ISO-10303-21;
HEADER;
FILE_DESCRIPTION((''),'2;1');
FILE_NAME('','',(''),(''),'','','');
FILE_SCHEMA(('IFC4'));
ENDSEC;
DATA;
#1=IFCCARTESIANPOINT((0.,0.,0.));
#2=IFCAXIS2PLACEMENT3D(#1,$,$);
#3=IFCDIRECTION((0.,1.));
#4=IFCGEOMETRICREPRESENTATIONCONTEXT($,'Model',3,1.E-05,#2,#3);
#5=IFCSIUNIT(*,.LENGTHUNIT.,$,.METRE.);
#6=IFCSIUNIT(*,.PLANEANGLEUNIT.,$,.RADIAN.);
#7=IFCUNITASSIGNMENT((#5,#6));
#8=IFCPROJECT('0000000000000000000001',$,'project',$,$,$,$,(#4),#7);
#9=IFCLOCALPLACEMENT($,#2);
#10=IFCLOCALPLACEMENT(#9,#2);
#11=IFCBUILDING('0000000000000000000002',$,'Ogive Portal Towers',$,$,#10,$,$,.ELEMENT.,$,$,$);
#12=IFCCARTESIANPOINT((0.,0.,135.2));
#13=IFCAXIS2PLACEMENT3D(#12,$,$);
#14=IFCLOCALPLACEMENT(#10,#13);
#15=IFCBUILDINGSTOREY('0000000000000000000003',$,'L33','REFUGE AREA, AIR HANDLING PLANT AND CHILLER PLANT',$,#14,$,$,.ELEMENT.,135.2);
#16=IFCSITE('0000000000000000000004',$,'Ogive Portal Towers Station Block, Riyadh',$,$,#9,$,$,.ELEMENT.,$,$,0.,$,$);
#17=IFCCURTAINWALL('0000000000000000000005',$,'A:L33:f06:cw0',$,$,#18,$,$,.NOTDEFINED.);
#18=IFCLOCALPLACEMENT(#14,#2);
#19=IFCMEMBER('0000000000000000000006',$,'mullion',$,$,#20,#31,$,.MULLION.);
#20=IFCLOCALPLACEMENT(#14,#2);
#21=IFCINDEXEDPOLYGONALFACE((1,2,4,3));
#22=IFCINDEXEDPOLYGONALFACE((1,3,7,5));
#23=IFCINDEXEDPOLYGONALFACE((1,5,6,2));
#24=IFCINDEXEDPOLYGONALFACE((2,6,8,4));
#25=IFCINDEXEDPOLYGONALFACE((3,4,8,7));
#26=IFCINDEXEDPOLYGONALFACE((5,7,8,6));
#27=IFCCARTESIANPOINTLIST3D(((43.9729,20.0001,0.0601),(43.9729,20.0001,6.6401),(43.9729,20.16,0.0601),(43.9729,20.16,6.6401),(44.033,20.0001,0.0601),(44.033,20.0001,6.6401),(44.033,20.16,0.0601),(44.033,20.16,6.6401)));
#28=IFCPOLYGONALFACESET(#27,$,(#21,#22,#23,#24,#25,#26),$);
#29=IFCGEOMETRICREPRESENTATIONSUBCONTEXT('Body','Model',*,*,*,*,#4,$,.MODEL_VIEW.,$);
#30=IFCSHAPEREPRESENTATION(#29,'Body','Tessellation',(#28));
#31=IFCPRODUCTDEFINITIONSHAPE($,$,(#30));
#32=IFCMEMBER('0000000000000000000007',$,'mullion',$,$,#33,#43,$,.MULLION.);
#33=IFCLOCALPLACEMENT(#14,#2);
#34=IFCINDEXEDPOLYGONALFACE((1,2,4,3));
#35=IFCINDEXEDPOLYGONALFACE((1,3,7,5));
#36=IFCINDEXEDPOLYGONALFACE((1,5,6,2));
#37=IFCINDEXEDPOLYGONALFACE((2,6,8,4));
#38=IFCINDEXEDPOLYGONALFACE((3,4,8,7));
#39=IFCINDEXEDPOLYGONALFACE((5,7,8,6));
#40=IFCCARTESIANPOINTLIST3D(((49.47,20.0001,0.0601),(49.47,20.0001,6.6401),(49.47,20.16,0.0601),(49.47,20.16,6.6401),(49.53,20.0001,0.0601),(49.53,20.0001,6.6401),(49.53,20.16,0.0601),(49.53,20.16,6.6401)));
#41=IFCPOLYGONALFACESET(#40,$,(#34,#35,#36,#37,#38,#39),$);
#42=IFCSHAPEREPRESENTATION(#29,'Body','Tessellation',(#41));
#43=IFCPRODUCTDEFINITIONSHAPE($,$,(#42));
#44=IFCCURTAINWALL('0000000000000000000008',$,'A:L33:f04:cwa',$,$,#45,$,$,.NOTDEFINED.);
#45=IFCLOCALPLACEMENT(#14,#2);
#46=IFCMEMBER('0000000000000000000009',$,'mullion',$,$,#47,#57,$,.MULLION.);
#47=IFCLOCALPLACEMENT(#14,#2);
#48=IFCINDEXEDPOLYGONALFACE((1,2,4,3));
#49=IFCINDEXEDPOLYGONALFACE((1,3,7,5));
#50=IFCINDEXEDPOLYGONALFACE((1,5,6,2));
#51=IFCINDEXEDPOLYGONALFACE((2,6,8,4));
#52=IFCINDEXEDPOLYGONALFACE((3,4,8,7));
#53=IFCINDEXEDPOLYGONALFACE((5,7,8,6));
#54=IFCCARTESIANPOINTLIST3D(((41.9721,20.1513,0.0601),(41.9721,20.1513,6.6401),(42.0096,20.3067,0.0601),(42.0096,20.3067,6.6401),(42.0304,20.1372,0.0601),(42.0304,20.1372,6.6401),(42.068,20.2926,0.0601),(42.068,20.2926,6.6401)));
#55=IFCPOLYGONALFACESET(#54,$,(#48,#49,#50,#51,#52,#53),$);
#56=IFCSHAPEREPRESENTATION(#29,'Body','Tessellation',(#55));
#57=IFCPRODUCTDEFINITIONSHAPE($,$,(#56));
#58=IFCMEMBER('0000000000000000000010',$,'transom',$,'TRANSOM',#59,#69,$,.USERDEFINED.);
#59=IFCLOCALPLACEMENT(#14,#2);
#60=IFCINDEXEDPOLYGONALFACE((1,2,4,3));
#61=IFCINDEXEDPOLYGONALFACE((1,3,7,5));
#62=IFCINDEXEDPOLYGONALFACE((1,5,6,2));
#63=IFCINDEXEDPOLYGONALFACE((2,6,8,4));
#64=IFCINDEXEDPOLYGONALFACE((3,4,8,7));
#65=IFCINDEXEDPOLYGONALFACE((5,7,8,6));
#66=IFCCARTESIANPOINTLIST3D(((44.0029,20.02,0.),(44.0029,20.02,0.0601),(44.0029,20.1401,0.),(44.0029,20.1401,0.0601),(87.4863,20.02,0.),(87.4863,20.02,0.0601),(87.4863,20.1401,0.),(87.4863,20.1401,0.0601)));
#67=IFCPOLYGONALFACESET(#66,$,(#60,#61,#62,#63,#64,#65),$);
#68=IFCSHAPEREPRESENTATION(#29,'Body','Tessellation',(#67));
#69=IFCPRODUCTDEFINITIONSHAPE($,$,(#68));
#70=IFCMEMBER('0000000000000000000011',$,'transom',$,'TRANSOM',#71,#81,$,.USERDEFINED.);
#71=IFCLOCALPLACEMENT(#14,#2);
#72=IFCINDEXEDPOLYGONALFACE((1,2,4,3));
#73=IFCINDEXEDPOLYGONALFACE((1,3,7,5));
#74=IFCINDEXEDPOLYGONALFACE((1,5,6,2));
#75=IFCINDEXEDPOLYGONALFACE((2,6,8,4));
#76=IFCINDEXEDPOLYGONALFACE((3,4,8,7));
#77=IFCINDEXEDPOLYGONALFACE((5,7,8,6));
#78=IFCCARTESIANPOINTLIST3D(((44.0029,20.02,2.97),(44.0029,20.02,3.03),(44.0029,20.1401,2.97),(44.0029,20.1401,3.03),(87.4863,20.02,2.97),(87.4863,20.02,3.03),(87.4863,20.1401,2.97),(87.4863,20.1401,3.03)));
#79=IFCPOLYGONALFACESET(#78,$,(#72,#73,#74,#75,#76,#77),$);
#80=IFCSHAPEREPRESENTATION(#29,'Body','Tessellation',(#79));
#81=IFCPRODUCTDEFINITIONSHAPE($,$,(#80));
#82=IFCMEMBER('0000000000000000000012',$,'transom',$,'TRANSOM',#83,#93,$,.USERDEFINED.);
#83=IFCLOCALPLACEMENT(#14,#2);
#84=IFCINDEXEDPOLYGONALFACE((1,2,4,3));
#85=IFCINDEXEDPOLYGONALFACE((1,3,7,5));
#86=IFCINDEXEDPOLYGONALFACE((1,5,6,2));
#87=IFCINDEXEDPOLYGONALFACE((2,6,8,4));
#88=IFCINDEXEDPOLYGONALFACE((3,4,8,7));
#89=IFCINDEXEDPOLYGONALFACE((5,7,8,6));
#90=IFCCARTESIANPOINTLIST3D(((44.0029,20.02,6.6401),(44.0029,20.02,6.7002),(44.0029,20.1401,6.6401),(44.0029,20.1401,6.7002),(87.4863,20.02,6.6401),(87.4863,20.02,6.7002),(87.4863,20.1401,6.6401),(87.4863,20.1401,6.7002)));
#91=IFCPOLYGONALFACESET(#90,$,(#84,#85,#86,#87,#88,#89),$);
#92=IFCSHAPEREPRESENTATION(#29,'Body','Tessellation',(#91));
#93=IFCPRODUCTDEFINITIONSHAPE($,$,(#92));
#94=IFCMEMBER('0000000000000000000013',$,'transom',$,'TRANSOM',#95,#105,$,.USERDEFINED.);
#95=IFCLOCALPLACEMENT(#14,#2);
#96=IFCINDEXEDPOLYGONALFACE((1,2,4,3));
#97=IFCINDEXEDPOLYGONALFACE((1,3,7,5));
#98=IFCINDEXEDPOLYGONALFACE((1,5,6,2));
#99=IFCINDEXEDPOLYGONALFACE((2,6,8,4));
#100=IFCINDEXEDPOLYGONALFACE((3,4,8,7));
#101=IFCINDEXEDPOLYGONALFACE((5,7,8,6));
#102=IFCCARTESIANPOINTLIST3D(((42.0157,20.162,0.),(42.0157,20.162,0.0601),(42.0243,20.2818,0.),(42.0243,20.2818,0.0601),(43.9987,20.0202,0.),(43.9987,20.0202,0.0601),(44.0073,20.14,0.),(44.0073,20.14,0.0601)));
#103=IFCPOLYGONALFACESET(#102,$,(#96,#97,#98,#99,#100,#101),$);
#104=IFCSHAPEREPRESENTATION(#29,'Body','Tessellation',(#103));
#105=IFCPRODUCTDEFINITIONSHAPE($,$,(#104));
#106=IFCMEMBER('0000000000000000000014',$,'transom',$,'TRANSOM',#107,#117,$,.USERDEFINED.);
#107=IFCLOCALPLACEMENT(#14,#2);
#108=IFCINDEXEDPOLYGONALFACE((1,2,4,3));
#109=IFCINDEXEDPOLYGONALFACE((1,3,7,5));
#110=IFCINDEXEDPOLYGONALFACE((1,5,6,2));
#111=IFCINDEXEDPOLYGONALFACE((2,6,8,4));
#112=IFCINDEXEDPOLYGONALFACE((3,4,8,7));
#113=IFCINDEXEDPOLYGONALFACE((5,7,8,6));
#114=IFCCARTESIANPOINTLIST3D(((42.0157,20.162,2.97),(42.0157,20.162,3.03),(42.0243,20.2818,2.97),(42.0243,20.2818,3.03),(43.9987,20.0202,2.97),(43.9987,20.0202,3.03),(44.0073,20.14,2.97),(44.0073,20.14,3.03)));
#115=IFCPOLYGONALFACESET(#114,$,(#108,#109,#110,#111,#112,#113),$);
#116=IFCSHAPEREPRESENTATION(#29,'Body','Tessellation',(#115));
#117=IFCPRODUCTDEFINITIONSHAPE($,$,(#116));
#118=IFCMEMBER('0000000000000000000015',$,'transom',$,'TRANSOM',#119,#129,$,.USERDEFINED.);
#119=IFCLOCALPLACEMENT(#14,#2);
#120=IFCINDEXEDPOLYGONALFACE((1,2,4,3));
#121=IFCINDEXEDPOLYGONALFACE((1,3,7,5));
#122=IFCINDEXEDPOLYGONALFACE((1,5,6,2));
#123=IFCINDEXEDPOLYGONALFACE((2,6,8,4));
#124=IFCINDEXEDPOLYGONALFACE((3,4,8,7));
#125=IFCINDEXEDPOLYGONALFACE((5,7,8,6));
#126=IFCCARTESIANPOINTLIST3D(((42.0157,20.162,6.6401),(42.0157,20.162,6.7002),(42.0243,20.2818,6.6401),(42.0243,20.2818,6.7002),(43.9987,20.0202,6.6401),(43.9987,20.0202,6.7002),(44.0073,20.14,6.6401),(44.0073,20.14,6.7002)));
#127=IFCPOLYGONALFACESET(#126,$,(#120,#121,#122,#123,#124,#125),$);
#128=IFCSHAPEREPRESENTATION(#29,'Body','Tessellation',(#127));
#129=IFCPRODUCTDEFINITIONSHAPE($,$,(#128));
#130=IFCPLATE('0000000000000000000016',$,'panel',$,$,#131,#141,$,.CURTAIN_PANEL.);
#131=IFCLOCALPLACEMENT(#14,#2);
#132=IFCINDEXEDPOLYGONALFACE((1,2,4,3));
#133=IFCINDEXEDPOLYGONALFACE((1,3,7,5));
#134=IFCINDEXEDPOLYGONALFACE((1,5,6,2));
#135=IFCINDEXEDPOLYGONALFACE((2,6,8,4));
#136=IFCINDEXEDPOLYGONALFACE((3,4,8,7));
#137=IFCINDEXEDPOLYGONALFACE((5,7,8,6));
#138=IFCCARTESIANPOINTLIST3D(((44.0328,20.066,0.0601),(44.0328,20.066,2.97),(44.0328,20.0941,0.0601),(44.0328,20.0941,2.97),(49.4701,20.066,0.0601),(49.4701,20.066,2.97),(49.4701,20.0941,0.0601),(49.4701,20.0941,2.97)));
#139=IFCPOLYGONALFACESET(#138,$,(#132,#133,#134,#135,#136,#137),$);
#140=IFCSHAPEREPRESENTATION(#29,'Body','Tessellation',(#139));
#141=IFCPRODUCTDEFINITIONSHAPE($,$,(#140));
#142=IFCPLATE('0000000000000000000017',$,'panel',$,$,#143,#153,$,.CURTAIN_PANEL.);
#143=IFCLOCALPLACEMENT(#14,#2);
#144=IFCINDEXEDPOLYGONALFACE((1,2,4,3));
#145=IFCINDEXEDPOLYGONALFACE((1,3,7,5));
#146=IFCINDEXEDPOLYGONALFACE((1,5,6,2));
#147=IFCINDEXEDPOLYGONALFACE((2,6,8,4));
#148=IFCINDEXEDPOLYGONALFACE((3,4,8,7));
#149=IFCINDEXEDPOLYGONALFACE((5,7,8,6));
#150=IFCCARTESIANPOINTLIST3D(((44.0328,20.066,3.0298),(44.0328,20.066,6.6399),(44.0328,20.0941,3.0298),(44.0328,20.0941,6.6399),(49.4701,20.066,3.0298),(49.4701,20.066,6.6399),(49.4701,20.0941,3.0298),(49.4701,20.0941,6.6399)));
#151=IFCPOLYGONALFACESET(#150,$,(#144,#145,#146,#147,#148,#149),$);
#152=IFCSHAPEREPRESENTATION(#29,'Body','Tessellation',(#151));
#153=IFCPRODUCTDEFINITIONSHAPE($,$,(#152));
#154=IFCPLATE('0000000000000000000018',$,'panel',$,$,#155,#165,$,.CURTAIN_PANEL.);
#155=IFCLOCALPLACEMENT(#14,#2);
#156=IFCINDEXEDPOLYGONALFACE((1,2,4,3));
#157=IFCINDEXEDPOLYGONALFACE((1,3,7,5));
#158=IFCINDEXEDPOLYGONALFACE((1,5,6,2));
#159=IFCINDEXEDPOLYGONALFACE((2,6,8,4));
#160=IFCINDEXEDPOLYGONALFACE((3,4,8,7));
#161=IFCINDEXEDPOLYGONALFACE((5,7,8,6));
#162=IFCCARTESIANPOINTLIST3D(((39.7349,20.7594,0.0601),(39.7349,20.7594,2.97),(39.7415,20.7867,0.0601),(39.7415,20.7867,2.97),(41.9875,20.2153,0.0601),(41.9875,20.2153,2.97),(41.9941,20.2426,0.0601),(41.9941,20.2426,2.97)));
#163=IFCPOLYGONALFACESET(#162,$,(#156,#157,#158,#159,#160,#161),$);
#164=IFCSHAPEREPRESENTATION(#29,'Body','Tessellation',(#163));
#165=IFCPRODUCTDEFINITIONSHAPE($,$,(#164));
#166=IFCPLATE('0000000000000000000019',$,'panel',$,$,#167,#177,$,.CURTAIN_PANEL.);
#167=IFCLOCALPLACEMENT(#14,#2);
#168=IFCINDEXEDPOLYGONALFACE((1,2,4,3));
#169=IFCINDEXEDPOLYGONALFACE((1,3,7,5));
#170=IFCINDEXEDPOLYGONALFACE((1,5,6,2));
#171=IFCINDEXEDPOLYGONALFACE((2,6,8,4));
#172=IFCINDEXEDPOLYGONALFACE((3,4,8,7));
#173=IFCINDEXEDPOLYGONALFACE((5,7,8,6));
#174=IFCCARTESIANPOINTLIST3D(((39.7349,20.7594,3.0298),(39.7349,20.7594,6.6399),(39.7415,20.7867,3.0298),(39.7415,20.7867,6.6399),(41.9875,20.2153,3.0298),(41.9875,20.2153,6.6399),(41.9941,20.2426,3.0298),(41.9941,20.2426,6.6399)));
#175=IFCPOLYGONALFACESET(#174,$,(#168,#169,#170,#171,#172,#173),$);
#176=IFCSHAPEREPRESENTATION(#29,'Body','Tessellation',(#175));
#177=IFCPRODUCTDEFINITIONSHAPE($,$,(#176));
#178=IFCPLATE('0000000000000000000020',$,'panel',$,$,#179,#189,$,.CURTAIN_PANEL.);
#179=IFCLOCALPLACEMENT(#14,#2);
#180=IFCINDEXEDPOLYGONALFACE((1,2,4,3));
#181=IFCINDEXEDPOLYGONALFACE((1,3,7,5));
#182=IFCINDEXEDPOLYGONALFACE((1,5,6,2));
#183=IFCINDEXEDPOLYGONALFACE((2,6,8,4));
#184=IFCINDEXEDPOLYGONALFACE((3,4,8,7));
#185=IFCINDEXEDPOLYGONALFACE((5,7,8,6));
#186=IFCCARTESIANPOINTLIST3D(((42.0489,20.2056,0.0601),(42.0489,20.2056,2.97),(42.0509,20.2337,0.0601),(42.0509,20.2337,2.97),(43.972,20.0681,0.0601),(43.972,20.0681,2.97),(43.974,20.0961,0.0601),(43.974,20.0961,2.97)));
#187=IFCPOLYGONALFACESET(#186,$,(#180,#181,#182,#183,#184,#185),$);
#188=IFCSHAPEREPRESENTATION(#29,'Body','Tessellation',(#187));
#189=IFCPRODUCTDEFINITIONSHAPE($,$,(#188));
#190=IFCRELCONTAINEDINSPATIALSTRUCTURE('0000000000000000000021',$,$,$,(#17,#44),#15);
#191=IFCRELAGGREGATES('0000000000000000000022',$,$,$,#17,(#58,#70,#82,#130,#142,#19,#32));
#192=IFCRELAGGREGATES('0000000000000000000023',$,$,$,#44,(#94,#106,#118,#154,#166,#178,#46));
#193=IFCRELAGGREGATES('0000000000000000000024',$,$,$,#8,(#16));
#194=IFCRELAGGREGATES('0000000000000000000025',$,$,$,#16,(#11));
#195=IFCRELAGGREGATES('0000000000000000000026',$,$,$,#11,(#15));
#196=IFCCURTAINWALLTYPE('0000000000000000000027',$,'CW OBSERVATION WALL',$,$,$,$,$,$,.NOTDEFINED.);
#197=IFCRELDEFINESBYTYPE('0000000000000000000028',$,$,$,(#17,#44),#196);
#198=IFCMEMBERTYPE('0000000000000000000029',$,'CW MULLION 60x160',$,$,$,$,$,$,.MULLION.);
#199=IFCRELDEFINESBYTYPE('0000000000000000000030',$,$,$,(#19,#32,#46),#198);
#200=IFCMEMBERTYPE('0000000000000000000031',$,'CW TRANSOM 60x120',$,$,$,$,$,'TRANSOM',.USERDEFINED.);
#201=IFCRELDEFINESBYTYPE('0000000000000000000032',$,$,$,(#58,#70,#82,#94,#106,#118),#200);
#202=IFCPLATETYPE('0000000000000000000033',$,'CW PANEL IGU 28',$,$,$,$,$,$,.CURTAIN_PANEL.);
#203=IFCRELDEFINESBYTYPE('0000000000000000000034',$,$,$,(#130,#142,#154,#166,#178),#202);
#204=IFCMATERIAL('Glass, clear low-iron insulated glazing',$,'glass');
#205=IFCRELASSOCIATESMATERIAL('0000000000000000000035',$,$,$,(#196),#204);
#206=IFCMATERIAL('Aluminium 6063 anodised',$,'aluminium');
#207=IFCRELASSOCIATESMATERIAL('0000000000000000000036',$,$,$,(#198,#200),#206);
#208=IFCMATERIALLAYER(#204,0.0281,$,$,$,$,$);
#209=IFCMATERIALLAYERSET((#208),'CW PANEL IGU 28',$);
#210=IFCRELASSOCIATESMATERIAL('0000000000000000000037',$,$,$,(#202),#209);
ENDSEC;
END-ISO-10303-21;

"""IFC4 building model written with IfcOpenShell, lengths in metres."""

from ifc_helpers import new_model, si_unit, direction, frame, origin, origin_2d, place, context, subcontext, project, spatial, rectangle, extrude, material, layer, layer_set, material_profile, profile_set, type_object, element, aggregate, save


model = new_model("IFC4")

# Units and contexts
model_context = context("Model", 3, precision=1e-05, world=origin(), true_north=direction((0.0, 1.0)))
body_context = subcontext(model_context, "Body", "Model", "MODEL_VIEW")
ifc_project = project(units=[si_unit("LENGTHUNIT", "METRE"), si_unit("PLANEANGLEUNIT", "RADIAN")], contexts=[model_context])

# Site, building, storey
site_placement = place(None, origin())
site = spatial("IfcSite", under=ifc_project, at=site_placement, Name="Ogive Portal Towers Station Block, Riyadh", CompositionType="ELEMENT", RefElevation=0.0)
building_placement = place(site_placement, origin())
building = spatial("IfcBuilding", under=site, at=building_placement, Name="Ogive Portal Towers", CompositionType="ELEMENT")
storey_placement = place(building_placement, frame((0.0, 0.0, 135.2)))
storey = spatial("IfcBuildingStorey", under=building, at=storey_placement, Name="L33", Description="REFUGE AREA, AIR HANDLING PLANT AND CHILLER PLANT", CompositionType="ELEMENT", Elevation=135.2)

# Curtain wall, members
ifc_material_1 = material(Name="Glass, clear low-iron insulated glazing", Category="glass")
curtain_wall_type = type_object("IfcCurtainWallType", Name="CW OBSERVATION WALL", PredefinedType="NOTDEFINED", material=ifc_material_1)
curtain_wall_1_placement = place(storey_placement, origin())
curtain_wall_1 = element("IfcCurtainWall", 1, at=curtain_wall_1_placement, inside=storey, type_object=curtain_wall_type, Name="A:L33:f06:cw0", PredefinedType="NOTDEFINED")
ifc_material_2 = material(Name="Aluminium 6063 anodised", Category="aluminium")
ifc_material_profile_1 = material_profile(ifc_material_2, rectangle(XDim=0.1599, YDim=0.0601, at=origin_2d()), Name="AL 60x160")
ifc_profile_set_1 = profile_set([ifc_material_profile_1], Name="Aluminium 6063 anodised")
member_type_1 = type_object("IfcMemberType", Name="CW MULLION 60x160", PredefinedType="MULLION", material=ifc_profile_set_1)
member_1_placement = place(storey_placement, frame((44.0029, 20.0801, 0.0601), z_axis=(0.0, 0.0, 1.0), x_axis=(0.0, 1.0, 0.0)))
member_1 = element("IfcMember", 2, at=member_1_placement, type_object=member_type_1, Name="mullion", PredefinedType="MULLION", context=body_context, shape_type="SweptSolid", body=[
    extrude(rectangle(XDim=0.1599, YDim=0.0601, at=origin_2d()), origin(), (0.0, 0.0, 1.0), 6.5801),
])
member_2_placement = place(storey_placement, frame((49.5, 20.0801, 0.0601), z_axis=(0.0, 0.0, 1.0), x_axis=(0.0, 1.0, 0.0)))
member_2 = element("IfcMember", 3, at=member_2_placement, type_object=member_type_1, Name="mullion", PredefinedType="MULLION", context=body_context, shape_type="SweptSolid", body=[
    extrude(rectangle(XDim=0.1599, YDim=0.0601, at=origin_2d()), origin(), (0.0, 0.0, 1.0), 6.5801),
])

# Curtain wall, member
curtain_wall_2_placement = place(storey_placement, origin())
curtain_wall_2 = element("IfcCurtainWall", 4, at=curtain_wall_2_placement, inside=storey, type_object=curtain_wall_type, Name="A:L33:f04:cwa", PredefinedType="NOTDEFINED")
member_3_placement = place(storey_placement, frame((42.02, 20.2219, 0.0601), z_axis=(0.0, 0.0, 1.0), x_axis=(0.234782, 0.972048, 0.0)))
member_3 = element("IfcMember", 5, at=member_3_placement, type_object=member_type_1, Name="mullion", PredefinedType="MULLION", context=body_context, shape_type="SweptSolid", body=[
    extrude(rectangle(XDim=0.1599, YDim=0.0601, at=origin_2d()), origin(), (0.0, 0.0, 1.0), 6.5801),
])

# Members
ifc_material_profile_2 = material_profile(ifc_material_2, rectangle(XDim=0.1201, YDim=0.0601, at=origin_2d()), Name="AL 120x60")
ifc_profile_set_2 = profile_set([ifc_material_profile_2], Name="Aluminium 6063 anodised")
member_type_2 = type_object("IfcMemberType", Name="CW TRANSOM 60x120", ElementType="TRANSOM", PredefinedType="USERDEFINED", material=ifc_profile_set_2)
member_4_placement = place(storey_placement, frame((44.0029, 20.0801, 0.03), z_axis=(1.0, 0.0, 0.0), x_axis=(0.0, 1.0, 0.0)))
member_4 = element("IfcMember", 6, at=member_4_placement, type_object=member_type_2, Name="transom", ObjectType="TRANSOM", PredefinedType="USERDEFINED", context=body_context, shape_type="SweptSolid", body=[
    extrude(rectangle(XDim=0.1201, YDim=0.0601, at=origin_2d()), origin(), (0.0, 0.0, 1.0), 43.4834),
])
member_5_placement = place(storey_placement, frame((44.0029, 20.0801, 3.0), z_axis=(1.0, 0.0, 0.0), x_axis=(0.0, 1.0, 0.0)))
member_5 = element("IfcMember", 7, at=member_5_placement, type_object=member_type_2, Name="transom", ObjectType="TRANSOM", PredefinedType="USERDEFINED", context=body_context, shape_type="SweptSolid", body=[
    extrude(rectangle(XDim=0.1201, YDim=0.0601, at=origin_2d()), origin(), (0.0, 0.0, 1.0), 43.4834),
])
member_6_placement = place(storey_placement, frame((44.0029, 20.0801, 6.6702), z_axis=(1.0, 0.0, 0.0), x_axis=(0.0, 1.0, 0.0)))
member_6 = element("IfcMember", 8, at=member_6_placement, type_object=member_type_2, Name="transom", ObjectType="TRANSOM", PredefinedType="USERDEFINED", context=body_context, shape_type="SweptSolid", body=[
    extrude(rectangle(XDim=0.1201, YDim=0.0601, at=origin_2d()), origin(), (0.0, 0.0, 1.0), 43.4834),
])
member_7_placement = place(storey_placement, frame((42.02, 20.2219, 0.03), z_axis=(0.997451, -0.071352, 0.0), x_axis=(0.071352, 0.997451, 0.0)))
member_7 = element("IfcMember", 9, at=member_7_placement, type_object=member_type_2, Name="transom", ObjectType="TRANSOM", PredefinedType="USERDEFINED", context=body_context, shape_type="SweptSolid", body=[
    extrude(rectangle(XDim=0.1201, YDim=0.0601, at=origin_2d()), origin(), (0.0, 0.0, 1.0), 1.988),
])
member_8_placement = place(storey_placement, frame((42.02, 20.2219, 3.0), z_axis=(0.997451, -0.071352, 0.0), x_axis=(0.071352, 0.997451, 0.0)))
member_8 = element("IfcMember", 10, at=member_8_placement, type_object=member_type_2, Name="transom", ObjectType="TRANSOM", PredefinedType="USERDEFINED", context=body_context, shape_type="SweptSolid", body=[
    extrude(rectangle(XDim=0.1201, YDim=0.0601, at=origin_2d()), origin(), (0.0, 0.0, 1.0), 1.988),
])
member_9_placement = place(storey_placement, frame((42.02, 20.2219, 6.6702), z_axis=(0.997451, -0.071352, 0.0), x_axis=(0.071352, 0.997451, 0.0)))
member_9 = element("IfcMember", 11, at=member_9_placement, type_object=member_type_2, Name="transom", ObjectType="TRANSOM", PredefinedType="USERDEFINED", context=body_context, shape_type="SweptSolid", body=[
    extrude(rectangle(XDim=0.1201, YDim=0.0601, at=origin_2d()), origin(), (0.0, 0.0, 1.0), 1.988),
])

# Plates
ifc_layer_1 = layer(ifc_material_1, 0.0281)
ifc_layer_set_1 = layer_set([ifc_layer_1], Name="CW PANEL IGU 28")
plate_type = type_object("IfcPlateType", Name="CW PANEL IGU 28", PredefinedType="CURTAIN_PANEL", material=ifc_layer_set_1)
plate_1_placement = place(storey_placement, frame((46.7515, 20.0801, 0.0601), z_axis=(0.0, 0.0, 1.0), x_axis=(1.0, 0.0, 0.0)))
plate_1 = element("IfcPlate", 12, at=plate_1_placement, type_object=plate_type, Name="panel", PredefinedType="CURTAIN_PANEL", context=body_context, shape_type="SweptSolid", body=[
    extrude(rectangle(XDim=5.4373, YDim=0.0281, at=origin_2d()), origin(), (0.0, 0.0, 1.0), 2.9099),
])
plate_2_placement = place(storey_placement, frame((46.7515, 20.0801, 3.0298), z_axis=(0.0, 0.0, 1.0), x_axis=(1.0, 0.0, 0.0)))
plate_2 = element("IfcPlate", 13, at=plate_2_placement, type_object=plate_type, Name="panel", PredefinedType="CURTAIN_PANEL", context=body_context, shape_type="SweptSolid", body=[
    extrude(rectangle(XDim=5.4373, YDim=0.0281, at=origin_2d()), origin(), (0.0, 0.0, 1.0), 3.6101),
])
aggregate(curtain_wall_1, [member_4, member_5, member_6, plate_1, plate_2, member_1, member_2])
plate_3_placement = place(storey_placement, frame((40.8645, 20.501, 0.0601), z_axis=(0.0, 0.0, 1.0), x_axis=(0.972048, -0.234782, 0.0)))
plate_3 = element("IfcPlate", 14, at=plate_3_placement, type_object=plate_type, Name="panel", PredefinedType="CURTAIN_PANEL", context=body_context, shape_type="SweptSolid", body=[
    extrude(rectangle(XDim=2.3174, YDim=0.0281, at=origin_2d()), origin(), (0.0, 0.0, 1.0), 2.9099),
])
plate_4_placement = place(storey_placement, frame((40.8645, 20.501, 3.0298), z_axis=(0.0, 0.0, 1.0), x_axis=(0.972048, -0.234782, 0.0)))
plate_4 = element("IfcPlate", 15, at=plate_4_placement, type_object=plate_type, Name="panel", PredefinedType="CURTAIN_PANEL", context=body_context, shape_type="SweptSolid", body=[
    extrude(rectangle(XDim=2.3174, YDim=0.0281, at=origin_2d()), origin(), (0.0, 0.0, 1.0), 3.6101),
])
plate_5_placement = place(storey_placement, frame((43.0115, 20.1509, 0.0601), z_axis=(0.0, 0.0, 1.0), x_axis=(0.997452, -0.071339, 0.0)))
plate_5 = element("IfcPlate", 16, at=plate_5_placement, type_object=plate_type, Name="panel", PredefinedType="CURTAIN_PANEL", context=body_context, shape_type="SweptSolid", body=[
    extrude(rectangle(XDim=1.928, YDim=0.0281, at=origin_2d()), origin(), (0.0, 0.0, 1.0), 2.9099),
])
aggregate(curtain_wall_2, [member_7, member_8, member_9, plate_3, plate_4, plate_5, member_3])

save(model, "model.ifc")
